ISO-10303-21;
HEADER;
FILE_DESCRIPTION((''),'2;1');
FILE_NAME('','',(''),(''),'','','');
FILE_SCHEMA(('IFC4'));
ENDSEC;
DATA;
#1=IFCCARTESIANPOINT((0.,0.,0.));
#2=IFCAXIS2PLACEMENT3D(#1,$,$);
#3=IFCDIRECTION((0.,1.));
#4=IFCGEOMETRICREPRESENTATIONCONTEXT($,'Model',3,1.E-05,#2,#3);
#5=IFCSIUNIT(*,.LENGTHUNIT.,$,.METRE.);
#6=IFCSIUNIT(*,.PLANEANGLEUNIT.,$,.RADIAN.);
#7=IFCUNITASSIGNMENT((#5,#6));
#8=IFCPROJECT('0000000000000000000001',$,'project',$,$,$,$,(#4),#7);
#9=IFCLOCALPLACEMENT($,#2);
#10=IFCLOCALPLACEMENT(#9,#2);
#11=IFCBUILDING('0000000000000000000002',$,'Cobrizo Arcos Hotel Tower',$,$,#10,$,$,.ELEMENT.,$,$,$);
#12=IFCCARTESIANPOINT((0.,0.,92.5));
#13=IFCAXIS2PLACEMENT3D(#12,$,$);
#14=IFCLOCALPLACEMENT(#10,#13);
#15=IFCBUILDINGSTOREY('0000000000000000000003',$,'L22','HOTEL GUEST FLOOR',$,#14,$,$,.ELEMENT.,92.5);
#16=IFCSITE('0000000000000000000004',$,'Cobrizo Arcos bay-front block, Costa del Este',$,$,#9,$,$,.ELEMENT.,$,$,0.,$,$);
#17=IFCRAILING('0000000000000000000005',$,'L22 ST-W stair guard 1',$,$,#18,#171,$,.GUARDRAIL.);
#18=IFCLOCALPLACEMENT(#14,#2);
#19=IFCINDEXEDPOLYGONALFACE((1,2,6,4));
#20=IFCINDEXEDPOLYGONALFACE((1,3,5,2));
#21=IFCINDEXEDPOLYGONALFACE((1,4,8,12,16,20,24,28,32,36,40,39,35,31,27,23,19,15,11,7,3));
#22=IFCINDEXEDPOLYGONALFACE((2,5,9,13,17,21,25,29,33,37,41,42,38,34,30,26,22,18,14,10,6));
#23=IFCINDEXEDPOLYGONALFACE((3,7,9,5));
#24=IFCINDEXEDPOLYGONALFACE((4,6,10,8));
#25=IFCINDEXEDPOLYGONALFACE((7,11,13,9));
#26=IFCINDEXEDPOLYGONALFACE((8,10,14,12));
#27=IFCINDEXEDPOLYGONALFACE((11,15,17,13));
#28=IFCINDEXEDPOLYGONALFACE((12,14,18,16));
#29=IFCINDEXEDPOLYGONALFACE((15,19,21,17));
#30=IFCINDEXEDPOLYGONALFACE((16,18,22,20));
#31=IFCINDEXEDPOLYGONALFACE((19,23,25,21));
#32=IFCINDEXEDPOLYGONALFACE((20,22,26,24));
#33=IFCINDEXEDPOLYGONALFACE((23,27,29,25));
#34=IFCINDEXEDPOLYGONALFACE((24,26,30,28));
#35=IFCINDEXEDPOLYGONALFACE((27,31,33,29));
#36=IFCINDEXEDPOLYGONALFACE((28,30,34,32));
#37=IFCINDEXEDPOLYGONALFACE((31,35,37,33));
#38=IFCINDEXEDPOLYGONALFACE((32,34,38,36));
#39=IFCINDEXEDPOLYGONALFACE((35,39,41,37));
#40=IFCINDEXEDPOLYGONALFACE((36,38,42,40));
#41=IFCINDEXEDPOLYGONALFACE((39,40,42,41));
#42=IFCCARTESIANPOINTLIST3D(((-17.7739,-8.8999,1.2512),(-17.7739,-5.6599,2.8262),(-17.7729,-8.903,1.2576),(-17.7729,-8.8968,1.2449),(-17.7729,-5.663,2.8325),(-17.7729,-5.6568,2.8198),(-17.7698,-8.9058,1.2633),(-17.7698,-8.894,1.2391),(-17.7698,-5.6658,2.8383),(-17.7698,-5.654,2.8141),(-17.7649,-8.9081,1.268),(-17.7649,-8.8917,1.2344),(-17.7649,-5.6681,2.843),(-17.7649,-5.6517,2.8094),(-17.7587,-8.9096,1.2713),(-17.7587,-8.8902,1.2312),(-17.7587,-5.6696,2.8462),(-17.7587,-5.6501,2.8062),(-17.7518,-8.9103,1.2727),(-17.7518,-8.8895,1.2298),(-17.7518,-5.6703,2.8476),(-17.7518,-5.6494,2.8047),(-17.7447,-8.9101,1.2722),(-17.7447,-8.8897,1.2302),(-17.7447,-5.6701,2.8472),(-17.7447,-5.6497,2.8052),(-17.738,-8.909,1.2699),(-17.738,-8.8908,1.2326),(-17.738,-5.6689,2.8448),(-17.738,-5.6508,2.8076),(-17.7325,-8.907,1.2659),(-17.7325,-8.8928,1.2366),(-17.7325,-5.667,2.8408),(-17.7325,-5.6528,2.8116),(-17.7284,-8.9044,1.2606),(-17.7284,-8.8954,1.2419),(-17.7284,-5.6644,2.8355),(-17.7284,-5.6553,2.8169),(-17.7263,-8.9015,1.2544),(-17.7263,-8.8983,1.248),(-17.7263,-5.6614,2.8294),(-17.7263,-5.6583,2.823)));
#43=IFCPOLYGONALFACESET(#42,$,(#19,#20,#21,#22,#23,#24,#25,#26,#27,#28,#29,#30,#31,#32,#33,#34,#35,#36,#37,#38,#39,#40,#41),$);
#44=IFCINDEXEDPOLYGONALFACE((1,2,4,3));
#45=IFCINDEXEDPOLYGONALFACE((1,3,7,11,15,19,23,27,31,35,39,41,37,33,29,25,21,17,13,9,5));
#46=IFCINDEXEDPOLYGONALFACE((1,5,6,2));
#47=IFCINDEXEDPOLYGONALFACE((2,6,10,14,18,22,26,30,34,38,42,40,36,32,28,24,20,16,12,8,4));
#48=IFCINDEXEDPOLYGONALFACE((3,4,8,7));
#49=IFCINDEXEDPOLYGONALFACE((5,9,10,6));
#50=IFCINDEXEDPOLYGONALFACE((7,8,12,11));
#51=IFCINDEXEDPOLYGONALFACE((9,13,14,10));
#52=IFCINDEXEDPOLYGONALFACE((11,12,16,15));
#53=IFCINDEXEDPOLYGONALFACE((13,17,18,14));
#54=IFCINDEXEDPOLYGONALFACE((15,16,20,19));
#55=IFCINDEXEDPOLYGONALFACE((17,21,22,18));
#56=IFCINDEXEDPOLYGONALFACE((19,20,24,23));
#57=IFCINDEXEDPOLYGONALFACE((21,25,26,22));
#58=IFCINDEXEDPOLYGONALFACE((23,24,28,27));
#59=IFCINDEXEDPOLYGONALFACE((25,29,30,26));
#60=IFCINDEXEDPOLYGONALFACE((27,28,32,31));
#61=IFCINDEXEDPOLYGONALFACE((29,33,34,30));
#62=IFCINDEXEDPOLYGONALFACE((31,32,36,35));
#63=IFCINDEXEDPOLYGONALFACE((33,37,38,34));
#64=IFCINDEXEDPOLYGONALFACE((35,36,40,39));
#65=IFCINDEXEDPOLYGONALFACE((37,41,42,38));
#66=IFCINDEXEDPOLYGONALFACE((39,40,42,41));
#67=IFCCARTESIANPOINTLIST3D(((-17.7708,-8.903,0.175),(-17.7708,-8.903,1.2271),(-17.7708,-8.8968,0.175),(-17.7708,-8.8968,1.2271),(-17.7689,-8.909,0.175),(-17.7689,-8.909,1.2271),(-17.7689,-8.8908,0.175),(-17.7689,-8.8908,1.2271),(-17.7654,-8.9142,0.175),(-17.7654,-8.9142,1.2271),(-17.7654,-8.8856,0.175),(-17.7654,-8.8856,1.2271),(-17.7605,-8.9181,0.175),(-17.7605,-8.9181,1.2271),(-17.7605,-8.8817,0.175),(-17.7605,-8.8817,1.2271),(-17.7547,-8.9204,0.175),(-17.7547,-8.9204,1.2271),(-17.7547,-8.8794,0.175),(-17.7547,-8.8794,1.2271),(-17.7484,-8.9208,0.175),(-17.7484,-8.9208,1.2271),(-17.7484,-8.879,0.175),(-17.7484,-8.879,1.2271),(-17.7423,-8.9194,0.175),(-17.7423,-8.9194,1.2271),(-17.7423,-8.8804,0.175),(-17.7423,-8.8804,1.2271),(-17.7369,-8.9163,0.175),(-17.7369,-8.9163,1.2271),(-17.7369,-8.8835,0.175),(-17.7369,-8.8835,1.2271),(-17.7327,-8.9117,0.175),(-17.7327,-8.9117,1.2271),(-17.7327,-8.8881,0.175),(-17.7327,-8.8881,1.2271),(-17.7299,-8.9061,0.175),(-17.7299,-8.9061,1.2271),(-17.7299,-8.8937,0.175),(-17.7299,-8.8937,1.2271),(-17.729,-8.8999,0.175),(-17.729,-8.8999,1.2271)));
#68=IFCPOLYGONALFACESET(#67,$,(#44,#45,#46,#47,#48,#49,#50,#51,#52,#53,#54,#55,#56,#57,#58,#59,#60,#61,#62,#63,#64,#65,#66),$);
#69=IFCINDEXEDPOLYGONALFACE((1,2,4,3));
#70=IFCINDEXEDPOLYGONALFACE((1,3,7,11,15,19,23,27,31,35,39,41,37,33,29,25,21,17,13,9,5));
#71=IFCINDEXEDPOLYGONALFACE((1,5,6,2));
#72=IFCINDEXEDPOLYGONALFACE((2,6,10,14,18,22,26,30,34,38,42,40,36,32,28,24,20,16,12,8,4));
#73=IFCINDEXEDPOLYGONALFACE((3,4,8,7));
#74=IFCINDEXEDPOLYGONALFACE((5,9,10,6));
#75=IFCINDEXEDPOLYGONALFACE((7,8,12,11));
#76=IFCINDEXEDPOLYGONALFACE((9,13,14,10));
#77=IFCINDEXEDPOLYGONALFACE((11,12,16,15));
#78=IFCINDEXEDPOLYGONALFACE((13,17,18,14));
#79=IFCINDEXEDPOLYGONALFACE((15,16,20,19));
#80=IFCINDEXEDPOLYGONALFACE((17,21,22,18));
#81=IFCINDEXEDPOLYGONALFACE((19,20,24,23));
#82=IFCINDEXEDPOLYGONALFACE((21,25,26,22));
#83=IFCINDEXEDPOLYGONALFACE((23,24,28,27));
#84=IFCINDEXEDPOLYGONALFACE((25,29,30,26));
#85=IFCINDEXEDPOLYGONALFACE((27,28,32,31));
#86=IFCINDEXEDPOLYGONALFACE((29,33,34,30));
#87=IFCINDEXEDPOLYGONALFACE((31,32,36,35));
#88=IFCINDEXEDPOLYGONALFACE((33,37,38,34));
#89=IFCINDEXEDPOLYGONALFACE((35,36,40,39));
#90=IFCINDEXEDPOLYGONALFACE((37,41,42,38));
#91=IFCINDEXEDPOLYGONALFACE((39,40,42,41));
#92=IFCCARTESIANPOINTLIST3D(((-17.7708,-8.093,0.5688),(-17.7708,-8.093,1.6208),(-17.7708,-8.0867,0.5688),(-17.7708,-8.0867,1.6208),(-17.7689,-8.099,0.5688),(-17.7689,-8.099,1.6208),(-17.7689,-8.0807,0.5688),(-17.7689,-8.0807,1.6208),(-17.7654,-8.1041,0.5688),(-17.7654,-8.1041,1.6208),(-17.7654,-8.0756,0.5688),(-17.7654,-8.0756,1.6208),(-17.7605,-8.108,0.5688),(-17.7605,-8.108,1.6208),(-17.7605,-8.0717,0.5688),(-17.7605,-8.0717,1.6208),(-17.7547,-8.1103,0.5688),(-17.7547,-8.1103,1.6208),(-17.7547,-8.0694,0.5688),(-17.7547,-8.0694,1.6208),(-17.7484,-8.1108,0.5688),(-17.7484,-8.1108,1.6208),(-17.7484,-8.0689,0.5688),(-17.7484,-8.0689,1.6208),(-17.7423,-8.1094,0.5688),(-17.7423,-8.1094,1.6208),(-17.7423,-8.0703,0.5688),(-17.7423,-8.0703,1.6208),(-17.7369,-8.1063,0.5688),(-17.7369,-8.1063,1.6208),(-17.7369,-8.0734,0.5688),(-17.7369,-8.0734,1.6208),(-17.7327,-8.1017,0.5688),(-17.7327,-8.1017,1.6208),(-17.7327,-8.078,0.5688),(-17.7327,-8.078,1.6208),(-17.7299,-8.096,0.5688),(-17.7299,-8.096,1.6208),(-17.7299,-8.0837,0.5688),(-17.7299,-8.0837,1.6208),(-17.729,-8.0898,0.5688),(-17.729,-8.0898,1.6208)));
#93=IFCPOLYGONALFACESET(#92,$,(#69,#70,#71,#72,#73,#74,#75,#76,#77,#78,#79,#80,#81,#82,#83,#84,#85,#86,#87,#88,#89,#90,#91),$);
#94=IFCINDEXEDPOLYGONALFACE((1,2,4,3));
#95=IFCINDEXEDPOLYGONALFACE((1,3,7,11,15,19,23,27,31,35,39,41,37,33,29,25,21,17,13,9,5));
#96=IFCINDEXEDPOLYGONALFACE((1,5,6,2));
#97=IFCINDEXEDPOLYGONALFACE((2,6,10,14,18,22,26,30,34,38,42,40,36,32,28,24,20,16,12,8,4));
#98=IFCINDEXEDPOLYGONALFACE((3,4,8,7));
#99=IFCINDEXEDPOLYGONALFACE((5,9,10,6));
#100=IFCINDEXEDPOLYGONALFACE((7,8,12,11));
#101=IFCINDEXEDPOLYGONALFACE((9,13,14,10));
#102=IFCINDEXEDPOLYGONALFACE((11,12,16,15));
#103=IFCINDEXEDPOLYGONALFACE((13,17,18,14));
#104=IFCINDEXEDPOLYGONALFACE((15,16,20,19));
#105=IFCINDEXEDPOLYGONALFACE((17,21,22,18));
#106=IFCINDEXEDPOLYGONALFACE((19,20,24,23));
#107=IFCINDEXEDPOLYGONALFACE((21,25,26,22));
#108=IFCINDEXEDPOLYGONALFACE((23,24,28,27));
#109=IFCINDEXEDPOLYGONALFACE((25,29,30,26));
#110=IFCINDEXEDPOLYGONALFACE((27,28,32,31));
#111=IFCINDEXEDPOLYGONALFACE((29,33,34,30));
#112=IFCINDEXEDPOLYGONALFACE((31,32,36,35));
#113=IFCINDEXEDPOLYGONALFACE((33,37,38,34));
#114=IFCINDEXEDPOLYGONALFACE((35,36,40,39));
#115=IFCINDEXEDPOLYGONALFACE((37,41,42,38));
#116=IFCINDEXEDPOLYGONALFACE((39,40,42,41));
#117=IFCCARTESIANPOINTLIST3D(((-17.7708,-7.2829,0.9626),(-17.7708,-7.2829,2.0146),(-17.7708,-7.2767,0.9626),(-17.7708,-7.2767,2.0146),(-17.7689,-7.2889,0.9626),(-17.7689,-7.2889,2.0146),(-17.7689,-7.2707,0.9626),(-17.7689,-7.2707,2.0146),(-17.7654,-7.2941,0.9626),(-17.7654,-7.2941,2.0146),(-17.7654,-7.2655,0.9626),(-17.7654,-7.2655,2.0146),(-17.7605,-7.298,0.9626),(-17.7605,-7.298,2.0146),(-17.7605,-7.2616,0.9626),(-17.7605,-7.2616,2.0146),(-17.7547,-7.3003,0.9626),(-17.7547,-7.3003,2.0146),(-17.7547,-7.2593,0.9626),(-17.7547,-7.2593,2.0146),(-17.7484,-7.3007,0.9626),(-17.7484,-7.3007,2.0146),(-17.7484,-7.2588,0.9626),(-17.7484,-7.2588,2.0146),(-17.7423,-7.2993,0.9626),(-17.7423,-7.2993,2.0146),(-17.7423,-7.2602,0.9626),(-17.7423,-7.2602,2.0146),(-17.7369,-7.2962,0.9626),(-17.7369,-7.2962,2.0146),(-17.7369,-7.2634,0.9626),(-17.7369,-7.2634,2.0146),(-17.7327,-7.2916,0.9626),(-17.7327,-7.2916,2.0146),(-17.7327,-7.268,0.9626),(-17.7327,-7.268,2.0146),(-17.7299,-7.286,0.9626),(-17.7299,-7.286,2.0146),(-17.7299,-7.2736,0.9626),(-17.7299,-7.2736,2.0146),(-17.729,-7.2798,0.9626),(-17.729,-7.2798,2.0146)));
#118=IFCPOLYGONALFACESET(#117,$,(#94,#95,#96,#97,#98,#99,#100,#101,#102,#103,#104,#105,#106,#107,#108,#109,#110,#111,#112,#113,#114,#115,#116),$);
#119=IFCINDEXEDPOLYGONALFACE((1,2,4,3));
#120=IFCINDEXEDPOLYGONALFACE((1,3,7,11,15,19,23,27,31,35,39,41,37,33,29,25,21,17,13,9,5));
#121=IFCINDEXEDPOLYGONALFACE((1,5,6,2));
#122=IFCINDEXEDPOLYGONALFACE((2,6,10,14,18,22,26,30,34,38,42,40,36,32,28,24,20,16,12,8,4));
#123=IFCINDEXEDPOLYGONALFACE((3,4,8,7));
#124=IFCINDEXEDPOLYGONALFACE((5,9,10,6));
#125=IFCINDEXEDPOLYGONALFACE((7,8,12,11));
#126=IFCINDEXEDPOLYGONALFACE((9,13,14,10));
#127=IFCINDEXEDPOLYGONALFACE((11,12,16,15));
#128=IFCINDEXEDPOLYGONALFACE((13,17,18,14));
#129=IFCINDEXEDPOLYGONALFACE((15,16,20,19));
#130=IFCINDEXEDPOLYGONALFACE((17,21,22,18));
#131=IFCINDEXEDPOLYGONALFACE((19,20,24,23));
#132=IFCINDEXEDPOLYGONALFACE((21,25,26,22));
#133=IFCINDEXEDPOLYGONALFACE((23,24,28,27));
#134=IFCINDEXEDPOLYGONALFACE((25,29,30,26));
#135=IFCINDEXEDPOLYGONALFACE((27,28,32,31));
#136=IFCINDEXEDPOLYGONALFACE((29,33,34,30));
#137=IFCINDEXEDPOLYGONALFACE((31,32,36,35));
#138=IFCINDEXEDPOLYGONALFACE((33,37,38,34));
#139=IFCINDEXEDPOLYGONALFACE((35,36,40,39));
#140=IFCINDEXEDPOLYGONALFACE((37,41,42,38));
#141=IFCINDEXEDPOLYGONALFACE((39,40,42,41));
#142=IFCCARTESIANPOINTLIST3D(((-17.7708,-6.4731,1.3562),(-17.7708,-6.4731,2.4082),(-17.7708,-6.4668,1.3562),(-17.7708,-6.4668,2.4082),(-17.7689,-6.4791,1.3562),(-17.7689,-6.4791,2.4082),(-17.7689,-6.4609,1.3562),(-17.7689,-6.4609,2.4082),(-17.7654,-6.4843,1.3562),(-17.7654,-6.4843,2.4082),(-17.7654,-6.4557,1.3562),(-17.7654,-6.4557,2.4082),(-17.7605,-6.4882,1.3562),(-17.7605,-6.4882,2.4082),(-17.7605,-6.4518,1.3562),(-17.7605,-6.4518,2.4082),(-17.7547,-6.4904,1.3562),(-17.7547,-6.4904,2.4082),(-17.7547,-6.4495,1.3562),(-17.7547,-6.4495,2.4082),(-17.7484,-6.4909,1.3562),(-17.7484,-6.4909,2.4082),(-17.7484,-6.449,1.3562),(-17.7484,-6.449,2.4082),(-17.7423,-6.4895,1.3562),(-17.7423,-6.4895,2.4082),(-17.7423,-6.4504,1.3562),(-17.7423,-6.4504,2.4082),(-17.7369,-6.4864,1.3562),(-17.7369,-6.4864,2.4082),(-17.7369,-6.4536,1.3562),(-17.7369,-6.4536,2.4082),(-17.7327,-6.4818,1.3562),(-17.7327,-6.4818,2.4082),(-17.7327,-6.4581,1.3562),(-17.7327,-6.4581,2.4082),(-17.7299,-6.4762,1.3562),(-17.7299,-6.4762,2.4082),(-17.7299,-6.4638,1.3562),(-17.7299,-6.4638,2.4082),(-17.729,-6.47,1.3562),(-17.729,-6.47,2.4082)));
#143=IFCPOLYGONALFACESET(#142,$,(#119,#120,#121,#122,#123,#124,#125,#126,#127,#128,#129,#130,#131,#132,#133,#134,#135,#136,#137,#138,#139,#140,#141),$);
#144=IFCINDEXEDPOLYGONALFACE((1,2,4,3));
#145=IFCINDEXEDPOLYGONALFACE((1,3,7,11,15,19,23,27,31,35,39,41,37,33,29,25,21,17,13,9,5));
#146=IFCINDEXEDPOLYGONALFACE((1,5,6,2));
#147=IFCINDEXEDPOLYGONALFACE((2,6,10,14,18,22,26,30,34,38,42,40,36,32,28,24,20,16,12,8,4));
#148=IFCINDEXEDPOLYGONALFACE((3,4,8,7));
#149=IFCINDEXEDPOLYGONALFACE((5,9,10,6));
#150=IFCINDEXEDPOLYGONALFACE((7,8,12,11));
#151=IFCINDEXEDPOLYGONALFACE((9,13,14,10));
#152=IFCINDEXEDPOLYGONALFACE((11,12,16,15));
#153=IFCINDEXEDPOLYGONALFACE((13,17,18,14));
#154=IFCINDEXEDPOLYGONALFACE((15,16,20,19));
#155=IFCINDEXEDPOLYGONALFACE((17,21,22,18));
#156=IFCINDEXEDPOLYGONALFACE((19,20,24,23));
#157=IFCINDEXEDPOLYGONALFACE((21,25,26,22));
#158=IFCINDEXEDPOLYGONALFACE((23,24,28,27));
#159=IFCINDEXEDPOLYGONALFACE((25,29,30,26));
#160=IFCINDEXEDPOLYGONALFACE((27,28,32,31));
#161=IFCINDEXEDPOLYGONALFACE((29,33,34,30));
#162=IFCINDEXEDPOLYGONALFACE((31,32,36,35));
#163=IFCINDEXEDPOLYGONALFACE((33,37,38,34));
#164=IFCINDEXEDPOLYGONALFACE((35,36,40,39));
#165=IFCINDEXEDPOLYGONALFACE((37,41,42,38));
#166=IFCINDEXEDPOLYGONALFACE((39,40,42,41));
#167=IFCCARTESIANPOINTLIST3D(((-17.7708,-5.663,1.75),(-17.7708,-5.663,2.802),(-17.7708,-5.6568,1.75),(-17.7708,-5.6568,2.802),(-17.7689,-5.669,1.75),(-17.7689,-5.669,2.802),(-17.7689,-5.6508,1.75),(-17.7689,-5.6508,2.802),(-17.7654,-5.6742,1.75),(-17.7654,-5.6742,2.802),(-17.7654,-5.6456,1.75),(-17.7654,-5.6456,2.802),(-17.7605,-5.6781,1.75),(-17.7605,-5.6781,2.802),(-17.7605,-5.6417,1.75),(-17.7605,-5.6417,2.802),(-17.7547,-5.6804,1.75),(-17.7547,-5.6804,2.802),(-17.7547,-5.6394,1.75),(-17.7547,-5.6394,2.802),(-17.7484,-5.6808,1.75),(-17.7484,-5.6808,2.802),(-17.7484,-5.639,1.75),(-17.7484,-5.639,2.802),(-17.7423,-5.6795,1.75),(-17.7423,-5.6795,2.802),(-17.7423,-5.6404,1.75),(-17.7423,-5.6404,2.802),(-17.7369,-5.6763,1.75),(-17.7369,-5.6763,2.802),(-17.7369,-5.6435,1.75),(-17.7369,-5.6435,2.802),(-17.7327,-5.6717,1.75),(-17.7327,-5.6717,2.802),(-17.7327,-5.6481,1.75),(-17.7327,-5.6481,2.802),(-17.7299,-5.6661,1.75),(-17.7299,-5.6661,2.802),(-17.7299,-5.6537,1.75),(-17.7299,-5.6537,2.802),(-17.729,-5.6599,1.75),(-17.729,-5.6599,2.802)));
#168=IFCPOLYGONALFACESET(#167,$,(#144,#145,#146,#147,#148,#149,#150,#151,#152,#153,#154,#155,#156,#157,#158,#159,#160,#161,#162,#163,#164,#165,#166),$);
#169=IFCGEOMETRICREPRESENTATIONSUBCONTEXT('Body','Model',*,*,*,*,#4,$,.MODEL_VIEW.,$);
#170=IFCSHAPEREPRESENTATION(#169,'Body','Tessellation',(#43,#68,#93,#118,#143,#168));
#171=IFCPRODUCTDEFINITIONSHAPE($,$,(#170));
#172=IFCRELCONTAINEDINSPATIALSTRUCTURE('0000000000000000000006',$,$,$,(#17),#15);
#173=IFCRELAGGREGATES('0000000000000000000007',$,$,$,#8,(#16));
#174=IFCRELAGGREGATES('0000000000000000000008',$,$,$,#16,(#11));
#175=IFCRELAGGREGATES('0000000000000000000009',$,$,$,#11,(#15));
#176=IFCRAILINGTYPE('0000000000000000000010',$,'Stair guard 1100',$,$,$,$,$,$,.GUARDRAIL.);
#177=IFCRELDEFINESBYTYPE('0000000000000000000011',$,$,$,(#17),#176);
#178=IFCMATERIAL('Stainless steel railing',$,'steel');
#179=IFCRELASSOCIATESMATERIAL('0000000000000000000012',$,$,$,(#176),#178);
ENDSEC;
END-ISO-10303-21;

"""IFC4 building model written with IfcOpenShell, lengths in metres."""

from ifc_helpers import new_model, si_unit, direction, frame, origin, origin_2d, place, context, subcontext, project, spatial, circle, extrude, material, type_object, element, save


model = new_model("IFC4")

# Units and contexts
model_context = context("Model", 3, precision=1e-05, world=origin(), true_north=direction((0.0, 1.0)))
body_context = subcontext(model_context, "Body", "Model", "MODEL_VIEW")
ifc_project = project(units=[si_unit("LENGTHUNIT", "METRE"), si_unit("PLANEANGLEUNIT", "RADIAN")], contexts=[model_context])

# Site, building, storey
site_placement = place(None, origin())
site = spatial("IfcSite", under=ifc_project, at=site_placement, Name="Cobrizo Arcos bay-front block, Costa del Este", CompositionType="ELEMENT", RefElevation=0.0)
building_placement = place(site_placement, origin())
building = spatial("IfcBuilding", under=site, at=building_placement, Name="Cobrizo Arcos Hotel Tower", CompositionType="ELEMENT")
storey_placement = place(building_placement, frame((0.0, 0.0, 92.5)))
storey = spatial("IfcBuildingStorey", under=building, at=storey_placement, Name="L22", Description="HOTEL GUEST FLOOR", CompositionType="ELEMENT", Elevation=92.5)

# Railing
ifc_material_1 = material(Name="Stainless steel railing", Category="steel")
railing_type_1 = type_object("IfcRailingType", Name="Stair guard 1100", PredefinedType="GUARDRAIL", material=ifc_material_1)
railing_1_placement = place(storey_placement, frame((-17.75, -8.8999, 0.175)))
element("IfcRailing", 1, at=railing_1_placement, inside=storey, type_object=railing_type_1, Name="L22 ST-W stair guard 1", PredefinedType="GUARDRAIL", context=body_context, shape_type="SweptSolid", body=[
    extrude(circle(Radius=0.0239, at=origin_2d()), frame((0.0, 0.0, 1.0762), z_axis=(0.0, 0.899373, 0.437183), x_axis=(-1.0, 0.0, 0.0)), (0.0, 0.0, 1.0), 3.6025),
    extrude(circle(Radius=0.021, at=origin_2d()), origin(), (0.0, 0.0, 1.0), 1.052),
    extrude(circle(Radius=0.021, at=origin_2d()), frame((0.0, 0.8101, 0.3938)), (0.0, 0.0, 1.0), 1.052),
    extrude(circle(Radius=0.021, at=origin_2d()), frame((0.0, 1.6201, 0.7876)), (0.0, 0.0, 1.0), 1.052),
    extrude(circle(Radius=0.021, at=origin_2d()), frame((0.0, 2.4299, 1.1812)), (0.0, 0.0, 1.0), 1.052),
    extrude(circle(Radius=0.021, at=origin_2d()), frame((0.0, 3.24, 1.575)), (0.0, 0.0, 1.0), 1.052),
])

save(model, "model.ifc")
